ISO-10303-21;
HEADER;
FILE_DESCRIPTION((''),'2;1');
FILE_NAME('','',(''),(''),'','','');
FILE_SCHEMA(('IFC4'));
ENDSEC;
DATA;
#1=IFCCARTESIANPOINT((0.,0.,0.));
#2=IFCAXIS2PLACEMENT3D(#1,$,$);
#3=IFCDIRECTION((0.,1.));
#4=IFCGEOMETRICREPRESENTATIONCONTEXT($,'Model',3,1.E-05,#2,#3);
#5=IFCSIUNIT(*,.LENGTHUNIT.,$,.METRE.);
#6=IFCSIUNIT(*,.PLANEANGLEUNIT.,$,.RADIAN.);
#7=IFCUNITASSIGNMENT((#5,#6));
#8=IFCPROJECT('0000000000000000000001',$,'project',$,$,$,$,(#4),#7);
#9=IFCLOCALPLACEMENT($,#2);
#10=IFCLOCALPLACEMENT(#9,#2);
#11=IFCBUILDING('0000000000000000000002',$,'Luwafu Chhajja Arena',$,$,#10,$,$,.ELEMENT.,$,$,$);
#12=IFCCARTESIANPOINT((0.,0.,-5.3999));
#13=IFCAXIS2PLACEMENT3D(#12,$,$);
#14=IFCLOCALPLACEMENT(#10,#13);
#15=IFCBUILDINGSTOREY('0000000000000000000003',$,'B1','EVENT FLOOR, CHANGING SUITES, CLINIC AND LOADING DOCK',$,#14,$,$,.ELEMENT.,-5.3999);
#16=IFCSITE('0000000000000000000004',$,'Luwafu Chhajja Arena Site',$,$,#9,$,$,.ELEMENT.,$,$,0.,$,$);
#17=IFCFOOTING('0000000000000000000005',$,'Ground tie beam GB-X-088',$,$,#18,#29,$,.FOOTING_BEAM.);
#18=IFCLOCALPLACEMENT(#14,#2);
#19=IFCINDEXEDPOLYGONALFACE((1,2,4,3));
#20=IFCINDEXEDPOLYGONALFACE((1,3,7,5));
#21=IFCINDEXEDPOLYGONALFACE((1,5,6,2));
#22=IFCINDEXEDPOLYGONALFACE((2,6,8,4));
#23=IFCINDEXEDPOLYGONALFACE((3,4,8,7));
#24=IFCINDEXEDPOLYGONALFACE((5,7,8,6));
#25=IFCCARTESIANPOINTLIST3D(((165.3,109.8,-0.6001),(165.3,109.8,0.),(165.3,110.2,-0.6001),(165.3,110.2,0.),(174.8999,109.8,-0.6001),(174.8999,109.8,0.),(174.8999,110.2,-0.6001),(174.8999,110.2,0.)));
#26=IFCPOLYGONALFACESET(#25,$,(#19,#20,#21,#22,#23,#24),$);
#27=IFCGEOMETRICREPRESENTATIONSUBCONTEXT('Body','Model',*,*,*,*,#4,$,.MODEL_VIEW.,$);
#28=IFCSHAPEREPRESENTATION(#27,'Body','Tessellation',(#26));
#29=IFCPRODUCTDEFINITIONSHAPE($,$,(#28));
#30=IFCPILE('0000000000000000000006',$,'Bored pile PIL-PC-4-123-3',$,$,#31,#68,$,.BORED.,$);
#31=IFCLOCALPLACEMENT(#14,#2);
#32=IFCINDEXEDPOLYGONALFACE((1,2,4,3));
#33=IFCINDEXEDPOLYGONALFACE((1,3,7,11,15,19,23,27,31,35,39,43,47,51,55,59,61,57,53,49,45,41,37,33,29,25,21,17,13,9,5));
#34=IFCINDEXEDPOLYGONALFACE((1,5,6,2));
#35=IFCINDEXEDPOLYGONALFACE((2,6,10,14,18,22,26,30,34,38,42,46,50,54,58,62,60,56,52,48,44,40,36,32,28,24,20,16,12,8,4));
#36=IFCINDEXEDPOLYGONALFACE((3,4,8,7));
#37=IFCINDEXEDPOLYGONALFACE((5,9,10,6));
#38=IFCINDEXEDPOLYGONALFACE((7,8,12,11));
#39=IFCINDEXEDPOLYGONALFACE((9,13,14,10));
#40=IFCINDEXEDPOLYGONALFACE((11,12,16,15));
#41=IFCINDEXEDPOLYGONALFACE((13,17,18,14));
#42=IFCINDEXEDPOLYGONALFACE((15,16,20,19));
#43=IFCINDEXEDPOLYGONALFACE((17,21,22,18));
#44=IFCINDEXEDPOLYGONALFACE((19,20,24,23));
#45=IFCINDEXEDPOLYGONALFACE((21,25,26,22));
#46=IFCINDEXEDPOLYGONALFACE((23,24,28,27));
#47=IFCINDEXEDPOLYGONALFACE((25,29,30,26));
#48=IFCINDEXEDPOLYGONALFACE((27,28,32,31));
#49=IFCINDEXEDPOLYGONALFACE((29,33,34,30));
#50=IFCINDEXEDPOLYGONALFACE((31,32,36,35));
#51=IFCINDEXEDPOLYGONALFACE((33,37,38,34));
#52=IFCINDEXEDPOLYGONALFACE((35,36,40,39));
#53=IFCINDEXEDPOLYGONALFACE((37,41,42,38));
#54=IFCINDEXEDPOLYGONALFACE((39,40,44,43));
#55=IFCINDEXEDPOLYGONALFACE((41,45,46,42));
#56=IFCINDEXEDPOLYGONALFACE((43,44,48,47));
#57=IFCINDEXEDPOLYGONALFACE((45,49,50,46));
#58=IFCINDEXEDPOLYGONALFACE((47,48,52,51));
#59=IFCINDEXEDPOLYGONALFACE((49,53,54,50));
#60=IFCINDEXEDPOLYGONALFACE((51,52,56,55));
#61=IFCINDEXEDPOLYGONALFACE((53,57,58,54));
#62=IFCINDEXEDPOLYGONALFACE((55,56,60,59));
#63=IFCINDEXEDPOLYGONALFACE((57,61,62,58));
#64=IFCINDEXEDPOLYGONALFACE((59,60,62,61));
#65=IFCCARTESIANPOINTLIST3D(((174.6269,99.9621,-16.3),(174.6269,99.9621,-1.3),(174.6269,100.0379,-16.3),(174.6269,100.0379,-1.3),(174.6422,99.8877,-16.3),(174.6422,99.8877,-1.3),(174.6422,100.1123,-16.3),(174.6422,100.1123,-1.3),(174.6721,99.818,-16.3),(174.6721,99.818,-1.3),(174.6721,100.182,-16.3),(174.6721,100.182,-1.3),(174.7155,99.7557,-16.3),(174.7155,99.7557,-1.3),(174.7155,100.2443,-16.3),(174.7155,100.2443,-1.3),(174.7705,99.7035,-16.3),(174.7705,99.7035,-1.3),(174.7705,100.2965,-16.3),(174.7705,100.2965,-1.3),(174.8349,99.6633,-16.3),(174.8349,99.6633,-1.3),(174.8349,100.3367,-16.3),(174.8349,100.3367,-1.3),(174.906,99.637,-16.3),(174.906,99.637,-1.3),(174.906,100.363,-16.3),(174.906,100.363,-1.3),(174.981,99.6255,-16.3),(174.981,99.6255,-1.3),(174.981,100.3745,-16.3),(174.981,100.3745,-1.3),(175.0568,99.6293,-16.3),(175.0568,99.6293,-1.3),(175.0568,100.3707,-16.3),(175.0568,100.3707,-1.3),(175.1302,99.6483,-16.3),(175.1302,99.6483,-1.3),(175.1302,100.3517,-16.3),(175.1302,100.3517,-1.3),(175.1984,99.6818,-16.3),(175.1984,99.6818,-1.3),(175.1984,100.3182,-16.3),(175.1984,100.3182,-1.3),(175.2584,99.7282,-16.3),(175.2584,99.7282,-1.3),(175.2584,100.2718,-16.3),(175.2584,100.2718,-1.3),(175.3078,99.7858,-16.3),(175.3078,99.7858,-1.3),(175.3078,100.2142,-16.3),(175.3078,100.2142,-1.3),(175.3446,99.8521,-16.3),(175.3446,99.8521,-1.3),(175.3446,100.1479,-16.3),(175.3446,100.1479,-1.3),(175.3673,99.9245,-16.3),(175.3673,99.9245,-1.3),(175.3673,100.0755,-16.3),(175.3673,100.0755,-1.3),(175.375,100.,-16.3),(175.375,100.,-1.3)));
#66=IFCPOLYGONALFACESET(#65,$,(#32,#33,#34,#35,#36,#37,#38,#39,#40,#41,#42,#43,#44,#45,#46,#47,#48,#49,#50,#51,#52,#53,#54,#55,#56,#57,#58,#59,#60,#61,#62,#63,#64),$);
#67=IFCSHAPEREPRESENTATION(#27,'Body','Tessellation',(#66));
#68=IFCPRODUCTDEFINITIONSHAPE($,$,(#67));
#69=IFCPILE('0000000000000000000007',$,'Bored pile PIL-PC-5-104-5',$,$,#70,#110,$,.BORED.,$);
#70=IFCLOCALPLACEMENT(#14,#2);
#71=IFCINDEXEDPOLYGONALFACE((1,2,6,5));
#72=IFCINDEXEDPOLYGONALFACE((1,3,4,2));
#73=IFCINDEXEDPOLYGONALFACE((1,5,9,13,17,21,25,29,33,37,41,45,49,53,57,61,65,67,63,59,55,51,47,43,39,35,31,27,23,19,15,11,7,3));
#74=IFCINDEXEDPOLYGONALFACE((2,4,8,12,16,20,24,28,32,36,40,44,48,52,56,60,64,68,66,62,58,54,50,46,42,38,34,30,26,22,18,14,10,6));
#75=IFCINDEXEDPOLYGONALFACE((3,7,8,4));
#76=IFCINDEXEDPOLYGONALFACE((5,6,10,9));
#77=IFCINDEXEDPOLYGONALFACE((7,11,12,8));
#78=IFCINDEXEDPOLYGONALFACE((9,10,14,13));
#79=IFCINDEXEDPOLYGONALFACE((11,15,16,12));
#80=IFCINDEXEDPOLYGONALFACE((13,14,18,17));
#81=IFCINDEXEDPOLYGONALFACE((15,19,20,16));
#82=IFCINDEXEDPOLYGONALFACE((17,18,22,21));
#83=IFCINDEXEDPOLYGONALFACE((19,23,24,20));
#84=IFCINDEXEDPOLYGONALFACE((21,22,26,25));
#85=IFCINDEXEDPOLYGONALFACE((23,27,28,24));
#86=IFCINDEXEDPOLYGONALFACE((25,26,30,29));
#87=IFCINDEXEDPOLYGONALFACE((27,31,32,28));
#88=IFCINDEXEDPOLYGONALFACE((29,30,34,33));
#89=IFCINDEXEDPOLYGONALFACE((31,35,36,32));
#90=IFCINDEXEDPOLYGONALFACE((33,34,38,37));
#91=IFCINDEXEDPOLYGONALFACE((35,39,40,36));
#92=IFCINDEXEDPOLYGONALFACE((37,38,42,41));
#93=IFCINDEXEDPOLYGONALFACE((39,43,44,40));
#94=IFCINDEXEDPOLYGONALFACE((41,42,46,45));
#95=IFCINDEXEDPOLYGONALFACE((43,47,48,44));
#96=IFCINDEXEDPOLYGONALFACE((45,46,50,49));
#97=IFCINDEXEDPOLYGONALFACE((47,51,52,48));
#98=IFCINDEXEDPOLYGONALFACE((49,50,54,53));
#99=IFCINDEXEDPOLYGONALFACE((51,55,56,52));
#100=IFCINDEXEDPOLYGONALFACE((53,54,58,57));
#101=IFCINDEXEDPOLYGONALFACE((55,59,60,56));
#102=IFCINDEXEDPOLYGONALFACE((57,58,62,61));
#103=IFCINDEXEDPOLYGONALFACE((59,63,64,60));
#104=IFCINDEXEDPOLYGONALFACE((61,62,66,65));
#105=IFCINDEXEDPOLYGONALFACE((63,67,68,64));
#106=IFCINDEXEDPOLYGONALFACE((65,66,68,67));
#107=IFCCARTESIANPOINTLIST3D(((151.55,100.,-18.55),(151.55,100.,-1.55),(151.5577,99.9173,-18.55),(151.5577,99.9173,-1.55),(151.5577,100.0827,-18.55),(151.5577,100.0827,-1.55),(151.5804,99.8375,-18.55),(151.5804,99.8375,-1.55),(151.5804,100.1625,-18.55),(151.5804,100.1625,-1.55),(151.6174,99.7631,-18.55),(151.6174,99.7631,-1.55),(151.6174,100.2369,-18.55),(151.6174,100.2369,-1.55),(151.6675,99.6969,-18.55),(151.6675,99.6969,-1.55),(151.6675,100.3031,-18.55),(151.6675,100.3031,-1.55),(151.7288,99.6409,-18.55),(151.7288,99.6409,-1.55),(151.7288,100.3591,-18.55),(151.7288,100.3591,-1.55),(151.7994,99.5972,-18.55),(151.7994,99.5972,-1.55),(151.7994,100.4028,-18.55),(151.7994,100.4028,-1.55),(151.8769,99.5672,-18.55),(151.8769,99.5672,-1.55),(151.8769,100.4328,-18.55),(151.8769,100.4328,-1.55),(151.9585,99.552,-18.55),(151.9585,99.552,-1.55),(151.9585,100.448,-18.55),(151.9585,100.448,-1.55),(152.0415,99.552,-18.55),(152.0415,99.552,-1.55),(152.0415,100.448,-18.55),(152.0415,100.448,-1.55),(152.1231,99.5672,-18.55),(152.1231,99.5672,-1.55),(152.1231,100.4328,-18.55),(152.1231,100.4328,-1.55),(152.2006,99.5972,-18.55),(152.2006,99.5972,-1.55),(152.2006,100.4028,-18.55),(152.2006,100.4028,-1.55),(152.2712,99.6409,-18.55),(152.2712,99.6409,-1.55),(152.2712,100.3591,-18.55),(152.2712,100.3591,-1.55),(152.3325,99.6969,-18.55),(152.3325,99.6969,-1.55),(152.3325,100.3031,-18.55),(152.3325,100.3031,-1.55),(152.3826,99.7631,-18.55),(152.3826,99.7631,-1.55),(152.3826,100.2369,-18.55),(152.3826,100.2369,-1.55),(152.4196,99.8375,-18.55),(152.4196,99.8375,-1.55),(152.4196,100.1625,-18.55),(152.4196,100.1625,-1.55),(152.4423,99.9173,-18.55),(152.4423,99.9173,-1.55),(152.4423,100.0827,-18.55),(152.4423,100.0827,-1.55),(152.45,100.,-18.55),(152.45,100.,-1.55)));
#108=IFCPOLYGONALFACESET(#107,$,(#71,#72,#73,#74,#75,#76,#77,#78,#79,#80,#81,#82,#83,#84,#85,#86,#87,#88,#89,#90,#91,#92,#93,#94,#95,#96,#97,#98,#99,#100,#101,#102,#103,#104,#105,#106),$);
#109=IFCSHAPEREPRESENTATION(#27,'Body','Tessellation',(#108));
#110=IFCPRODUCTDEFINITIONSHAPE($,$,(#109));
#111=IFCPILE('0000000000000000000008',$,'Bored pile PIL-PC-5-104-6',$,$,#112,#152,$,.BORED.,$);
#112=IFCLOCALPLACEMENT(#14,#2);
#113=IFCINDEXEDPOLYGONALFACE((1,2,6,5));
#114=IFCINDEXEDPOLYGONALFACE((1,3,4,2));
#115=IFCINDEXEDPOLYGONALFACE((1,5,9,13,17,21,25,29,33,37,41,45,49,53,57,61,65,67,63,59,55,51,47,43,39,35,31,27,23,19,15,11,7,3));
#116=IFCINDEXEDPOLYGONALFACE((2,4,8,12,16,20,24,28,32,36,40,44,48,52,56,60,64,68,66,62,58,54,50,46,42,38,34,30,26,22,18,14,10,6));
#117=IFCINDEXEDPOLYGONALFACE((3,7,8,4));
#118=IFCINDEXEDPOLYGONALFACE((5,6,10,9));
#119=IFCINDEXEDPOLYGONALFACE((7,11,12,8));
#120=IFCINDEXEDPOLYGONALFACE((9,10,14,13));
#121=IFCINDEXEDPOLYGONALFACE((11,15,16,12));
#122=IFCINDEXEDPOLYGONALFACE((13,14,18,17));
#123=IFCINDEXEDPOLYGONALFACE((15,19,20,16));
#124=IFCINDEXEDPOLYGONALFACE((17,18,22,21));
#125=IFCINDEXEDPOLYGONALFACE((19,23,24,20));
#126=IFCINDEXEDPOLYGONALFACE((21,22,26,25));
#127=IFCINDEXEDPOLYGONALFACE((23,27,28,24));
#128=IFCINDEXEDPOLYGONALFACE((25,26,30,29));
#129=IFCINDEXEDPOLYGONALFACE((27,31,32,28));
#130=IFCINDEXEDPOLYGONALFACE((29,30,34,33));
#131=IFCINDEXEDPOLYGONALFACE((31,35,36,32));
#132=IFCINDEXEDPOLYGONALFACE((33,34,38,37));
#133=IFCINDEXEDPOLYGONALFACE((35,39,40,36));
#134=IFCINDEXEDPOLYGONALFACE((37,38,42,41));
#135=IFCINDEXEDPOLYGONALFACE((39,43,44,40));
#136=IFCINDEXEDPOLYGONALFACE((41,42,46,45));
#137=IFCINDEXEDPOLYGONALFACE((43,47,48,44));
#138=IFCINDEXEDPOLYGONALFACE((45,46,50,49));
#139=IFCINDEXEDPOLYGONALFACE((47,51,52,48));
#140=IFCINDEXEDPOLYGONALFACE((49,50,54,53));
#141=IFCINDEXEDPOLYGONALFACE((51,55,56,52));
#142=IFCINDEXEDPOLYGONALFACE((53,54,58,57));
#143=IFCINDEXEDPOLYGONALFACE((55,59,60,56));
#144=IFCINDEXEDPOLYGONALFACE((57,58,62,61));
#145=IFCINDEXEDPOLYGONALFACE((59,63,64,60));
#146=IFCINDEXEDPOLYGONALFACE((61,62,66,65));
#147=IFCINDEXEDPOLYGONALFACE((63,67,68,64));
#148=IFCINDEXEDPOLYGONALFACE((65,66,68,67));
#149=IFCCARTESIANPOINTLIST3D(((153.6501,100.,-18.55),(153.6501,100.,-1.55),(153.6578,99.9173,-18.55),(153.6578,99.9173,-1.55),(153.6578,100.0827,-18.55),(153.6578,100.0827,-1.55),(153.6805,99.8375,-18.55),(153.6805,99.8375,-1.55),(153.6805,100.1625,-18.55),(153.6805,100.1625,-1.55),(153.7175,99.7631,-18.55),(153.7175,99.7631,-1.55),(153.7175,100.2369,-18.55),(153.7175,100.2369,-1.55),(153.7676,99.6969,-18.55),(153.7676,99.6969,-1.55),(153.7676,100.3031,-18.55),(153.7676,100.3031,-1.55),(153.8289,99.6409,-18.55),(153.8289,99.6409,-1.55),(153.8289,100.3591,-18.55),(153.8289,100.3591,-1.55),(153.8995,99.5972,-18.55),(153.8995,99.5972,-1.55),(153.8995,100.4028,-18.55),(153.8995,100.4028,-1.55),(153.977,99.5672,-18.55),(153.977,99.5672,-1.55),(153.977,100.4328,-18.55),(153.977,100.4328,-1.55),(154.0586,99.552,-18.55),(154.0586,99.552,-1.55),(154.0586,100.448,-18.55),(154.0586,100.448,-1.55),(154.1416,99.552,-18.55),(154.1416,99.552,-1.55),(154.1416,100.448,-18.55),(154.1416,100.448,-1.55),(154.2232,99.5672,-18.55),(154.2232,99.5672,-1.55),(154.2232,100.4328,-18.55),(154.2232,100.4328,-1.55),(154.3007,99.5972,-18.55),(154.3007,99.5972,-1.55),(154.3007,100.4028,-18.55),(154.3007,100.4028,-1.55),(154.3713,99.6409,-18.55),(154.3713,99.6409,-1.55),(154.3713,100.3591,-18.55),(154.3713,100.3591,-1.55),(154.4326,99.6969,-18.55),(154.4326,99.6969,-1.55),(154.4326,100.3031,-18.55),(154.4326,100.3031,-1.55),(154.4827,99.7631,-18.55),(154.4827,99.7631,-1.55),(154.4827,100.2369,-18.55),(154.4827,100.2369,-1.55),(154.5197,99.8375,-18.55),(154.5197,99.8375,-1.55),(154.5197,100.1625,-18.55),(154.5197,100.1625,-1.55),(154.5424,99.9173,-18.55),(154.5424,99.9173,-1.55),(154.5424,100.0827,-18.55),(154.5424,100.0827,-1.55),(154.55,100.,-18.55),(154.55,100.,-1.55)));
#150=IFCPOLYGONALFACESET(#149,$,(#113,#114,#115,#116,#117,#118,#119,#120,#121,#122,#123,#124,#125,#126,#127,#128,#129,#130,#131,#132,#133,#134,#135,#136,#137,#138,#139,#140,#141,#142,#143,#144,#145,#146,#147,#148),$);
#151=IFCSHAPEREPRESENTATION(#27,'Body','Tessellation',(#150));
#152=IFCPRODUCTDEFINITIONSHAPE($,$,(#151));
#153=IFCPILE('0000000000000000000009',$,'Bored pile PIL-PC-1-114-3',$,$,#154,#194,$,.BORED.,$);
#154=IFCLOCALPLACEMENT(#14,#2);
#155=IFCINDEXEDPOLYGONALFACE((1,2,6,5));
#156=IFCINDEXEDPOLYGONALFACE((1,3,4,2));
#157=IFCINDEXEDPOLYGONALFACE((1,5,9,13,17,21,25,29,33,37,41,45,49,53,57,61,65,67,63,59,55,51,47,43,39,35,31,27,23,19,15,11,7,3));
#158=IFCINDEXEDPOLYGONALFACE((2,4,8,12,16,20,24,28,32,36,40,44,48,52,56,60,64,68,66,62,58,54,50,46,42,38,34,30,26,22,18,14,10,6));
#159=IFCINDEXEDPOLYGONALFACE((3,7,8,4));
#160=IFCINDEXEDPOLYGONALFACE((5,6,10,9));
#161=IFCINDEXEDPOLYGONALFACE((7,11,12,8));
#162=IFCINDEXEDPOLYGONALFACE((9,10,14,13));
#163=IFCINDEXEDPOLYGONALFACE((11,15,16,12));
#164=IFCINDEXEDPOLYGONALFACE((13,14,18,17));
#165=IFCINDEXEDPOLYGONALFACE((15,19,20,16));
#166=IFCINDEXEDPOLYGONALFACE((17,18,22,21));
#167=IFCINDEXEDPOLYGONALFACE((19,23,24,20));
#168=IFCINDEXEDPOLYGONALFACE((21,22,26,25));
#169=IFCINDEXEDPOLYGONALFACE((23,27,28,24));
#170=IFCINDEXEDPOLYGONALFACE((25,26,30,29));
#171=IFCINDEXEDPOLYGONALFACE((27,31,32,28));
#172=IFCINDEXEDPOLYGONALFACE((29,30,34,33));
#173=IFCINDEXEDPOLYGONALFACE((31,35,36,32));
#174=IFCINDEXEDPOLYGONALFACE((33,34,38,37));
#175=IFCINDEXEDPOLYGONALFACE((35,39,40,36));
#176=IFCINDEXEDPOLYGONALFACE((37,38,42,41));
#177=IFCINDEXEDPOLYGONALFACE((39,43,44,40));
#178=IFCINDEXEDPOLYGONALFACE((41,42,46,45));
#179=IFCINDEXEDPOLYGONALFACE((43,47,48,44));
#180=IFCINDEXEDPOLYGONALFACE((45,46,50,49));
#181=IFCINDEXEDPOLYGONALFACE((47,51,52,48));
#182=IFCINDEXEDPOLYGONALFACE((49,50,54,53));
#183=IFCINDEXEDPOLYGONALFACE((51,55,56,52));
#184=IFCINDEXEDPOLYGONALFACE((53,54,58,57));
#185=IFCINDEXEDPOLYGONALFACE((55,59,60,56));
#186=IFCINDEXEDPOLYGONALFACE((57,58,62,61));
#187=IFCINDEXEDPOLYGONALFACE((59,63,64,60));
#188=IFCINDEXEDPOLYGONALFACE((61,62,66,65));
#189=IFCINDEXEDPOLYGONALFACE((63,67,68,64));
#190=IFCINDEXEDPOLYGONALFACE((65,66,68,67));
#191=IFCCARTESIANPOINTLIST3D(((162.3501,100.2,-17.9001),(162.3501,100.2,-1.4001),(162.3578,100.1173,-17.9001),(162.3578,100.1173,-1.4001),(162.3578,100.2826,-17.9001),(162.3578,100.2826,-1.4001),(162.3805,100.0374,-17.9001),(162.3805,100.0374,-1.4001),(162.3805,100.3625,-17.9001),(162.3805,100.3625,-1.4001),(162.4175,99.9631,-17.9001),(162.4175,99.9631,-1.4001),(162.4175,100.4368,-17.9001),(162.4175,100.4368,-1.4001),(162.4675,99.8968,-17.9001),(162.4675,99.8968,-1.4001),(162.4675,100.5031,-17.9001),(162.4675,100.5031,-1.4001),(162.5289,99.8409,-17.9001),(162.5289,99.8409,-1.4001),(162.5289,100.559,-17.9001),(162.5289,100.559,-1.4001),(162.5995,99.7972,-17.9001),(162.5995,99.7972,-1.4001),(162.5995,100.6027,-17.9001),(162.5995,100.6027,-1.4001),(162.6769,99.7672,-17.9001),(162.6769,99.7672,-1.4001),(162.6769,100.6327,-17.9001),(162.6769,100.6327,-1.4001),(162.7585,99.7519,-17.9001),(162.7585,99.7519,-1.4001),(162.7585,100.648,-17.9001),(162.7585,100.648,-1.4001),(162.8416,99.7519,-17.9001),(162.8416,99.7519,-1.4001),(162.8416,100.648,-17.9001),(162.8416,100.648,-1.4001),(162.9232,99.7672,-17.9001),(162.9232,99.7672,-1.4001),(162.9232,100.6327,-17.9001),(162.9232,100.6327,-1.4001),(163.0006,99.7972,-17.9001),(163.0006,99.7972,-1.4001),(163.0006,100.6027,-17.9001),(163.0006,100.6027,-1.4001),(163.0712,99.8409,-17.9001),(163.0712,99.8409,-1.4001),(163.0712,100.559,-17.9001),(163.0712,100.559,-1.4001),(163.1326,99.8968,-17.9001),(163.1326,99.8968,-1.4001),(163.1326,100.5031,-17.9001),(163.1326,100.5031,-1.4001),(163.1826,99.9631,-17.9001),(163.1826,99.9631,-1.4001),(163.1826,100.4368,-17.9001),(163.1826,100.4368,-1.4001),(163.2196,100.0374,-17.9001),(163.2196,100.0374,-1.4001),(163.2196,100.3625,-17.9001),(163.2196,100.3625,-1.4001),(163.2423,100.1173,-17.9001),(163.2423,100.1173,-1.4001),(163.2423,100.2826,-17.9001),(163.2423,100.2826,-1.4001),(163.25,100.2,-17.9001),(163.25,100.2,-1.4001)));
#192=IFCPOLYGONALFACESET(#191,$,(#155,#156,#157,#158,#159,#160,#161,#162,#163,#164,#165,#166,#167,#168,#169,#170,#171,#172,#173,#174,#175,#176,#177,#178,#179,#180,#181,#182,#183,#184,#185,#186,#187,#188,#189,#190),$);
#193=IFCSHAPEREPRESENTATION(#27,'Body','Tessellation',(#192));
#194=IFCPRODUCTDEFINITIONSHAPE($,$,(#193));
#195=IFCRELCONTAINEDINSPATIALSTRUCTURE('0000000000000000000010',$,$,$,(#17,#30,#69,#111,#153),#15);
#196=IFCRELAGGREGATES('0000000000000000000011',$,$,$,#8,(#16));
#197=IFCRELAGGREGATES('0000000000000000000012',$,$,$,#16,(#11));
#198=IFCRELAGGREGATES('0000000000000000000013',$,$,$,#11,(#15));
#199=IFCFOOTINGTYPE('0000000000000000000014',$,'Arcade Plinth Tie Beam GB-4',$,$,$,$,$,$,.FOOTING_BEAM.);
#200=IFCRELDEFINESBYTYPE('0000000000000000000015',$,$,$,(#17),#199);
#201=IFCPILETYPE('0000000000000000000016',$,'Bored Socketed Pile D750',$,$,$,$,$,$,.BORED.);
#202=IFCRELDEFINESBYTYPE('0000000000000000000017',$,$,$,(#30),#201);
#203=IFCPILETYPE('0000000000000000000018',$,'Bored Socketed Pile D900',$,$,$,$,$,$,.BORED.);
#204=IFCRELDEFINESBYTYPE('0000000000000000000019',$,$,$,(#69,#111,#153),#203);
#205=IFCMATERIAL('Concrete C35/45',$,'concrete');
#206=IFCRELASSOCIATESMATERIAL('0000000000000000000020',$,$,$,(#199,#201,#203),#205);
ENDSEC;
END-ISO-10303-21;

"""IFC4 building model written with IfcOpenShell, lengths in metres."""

from ifc_helpers import new_model, si_unit, direction, frame, origin, origin_2d, place, context, subcontext, project, spatial, rectangle, circle, extrude, material, material_profile, profile_set, type_object, element, save


model = new_model("IFC4")

# Units and contexts
model_context = context("Model", 3, precision=1e-05, world=origin(), true_north=direction((0.0, 1.0)))
body_context = subcontext(model_context, "Body", "Model", "MODEL_VIEW")
ifc_project = project(units=[si_unit("LENGTHUNIT", "METRE"), si_unit("PLANEANGLEUNIT", "RADIAN")], contexts=[model_context])

# Site, building, storey
site_placement = place(None, origin())
site = spatial("IfcSite", under=ifc_project, at=site_placement, Name="Luwafu Chhajja Arena Site", CompositionType="ELEMENT", RefElevation=0.0)
building_placement = place(site_placement, origin())
building = spatial("IfcBuilding", under=site, at=building_placement, Name="Luwafu Chhajja Arena", CompositionType="ELEMENT")
storey_placement = place(building_placement, frame((0.0, 0.0, -5.3999)))
storey = spatial("IfcBuildingStorey", under=building, at=storey_placement, Name="B1", Description="EVENT FLOOR, CHANGING SUITES, CLINIC AND LOADING DOCK", CompositionType="ELEMENT", Elevation=-5.3999)

# Footing
ifc_material_1 = material(Name="Concrete C35/45", Category="concrete")
ifc_material_profile_1 = material_profile(ifc_material_1, rectangle(XDim=0.3999, YDim=0.6001, at=origin_2d()), Name="RC 400x600")
ifc_profile_set_1 = profile_set([ifc_material_profile_1], Name="Concrete C35/45")
footing_type_1 = type_object("IfcFootingType", Name="Arcade Plinth Tie Beam GB-4", PredefinedType="FOOTING_BEAM", material=ifc_profile_set_1)
footing_1_placement = place(storey_placement, frame((165.3, 110.0, -0.3), z_axis=(1.0, 0.0, 0.0), x_axis=(0.0, 1.0, 0.0)))
element("IfcFooting", 1, at=footing_1_placement, inside=storey, type_object=footing_type_1, Name="Ground tie beam GB-X-088", PredefinedType="FOOTING_BEAM", context=body_context, shape_type="SweptSolid", body=[
    extrude(rectangle(XDim=0.3999, YDim=0.6001, at=origin_2d()), origin(), (0.0, 0.0, 1.0), 9.5999),
])

# Piles
ifc_material_profile_2 = material_profile(ifc_material_1, circle(Radius=0.375, at=origin_2d()), Name="PILE D750")
ifc_profile_set_2 = profile_set([ifc_material_profile_2], Name="Concrete C35/45")
pile_type_1 = type_object("IfcPileType", Name="Bored Socketed Pile D750", PredefinedType="BORED", material=ifc_profile_set_2)
pile_placement = place(storey_placement, frame((175.0, 100.0, -1.3), z_axis=(0.0, 0.0, -1.0), x_axis=(1.0, 0.0, 0.0)))
element("IfcPile", 2, at=pile_placement, inside=storey, type_object=pile_type_1, Name="Bored pile PIL-PC-4-123-3", PredefinedType="BORED", context=body_context, shape_type="SweptSolid", body=[
    extrude(circle(Radius=0.375, at=origin_2d()), origin(), (0.0, 0.0, 1.0), 15.0),
])
ifc_material_profile_3 = material_profile(ifc_material_1, circle(Radius=0.45, at=origin_2d()), Name="PILE D900")
ifc_profile_set_3 = profile_set([ifc_material_profile_3], Name="Concrete C35/45")
pile_type_2 = type_object("IfcPileType", Name="Bored Socketed Pile D900", PredefinedType="BORED", material=ifc_profile_set_3)
for number, where, z_axis, x_axis, name in (
    (3, (152.0, 100.0, -1.55), (0.0, 0.0, -1.0), (1.0, 0.0, 0.0), "Bored pile PIL-PC-5-104-5"),
    (4, (154.1001, 100.0, -1.55), (0.0, 0.0, -1.0), (1.0, 0.0, 0.0), "Bored pile PIL-PC-5-104-6"),
):
    element("IfcPile", number, at=place(storey_placement, frame(where, z_axis=z_axis, x_axis=x_axis)), inside=storey, type_object=pile_type_2, Name=name, PredefinedType="BORED", context=body_context, shape_type="SweptSolid", body=[
        extrude(circle(Radius=0.45, at=origin_2d()), origin(), (0.0, 0.0, 1.0), 17.0),
    ])
for number, where, z_axis, x_axis, name in (
    (5, (162.8, 100.2, -1.4001), (0.0, 0.0, -1.0), (1.0, 0.0, 0.0), "Bored pile PIL-PC-1-114-3"),
):
    element("IfcPile", number, at=place(storey_placement, frame(where, z_axis=z_axis, x_axis=x_axis)), inside=storey, type_object=pile_type_2, Name=name, PredefinedType="BORED", context=body_context, shape_type="SweptSolid", body=[
        extrude(circle(Radius=0.45, at=origin_2d()), origin(), (0.0, 0.0, 1.0), 16.5),
    ])

save(model, "model.ifc")
